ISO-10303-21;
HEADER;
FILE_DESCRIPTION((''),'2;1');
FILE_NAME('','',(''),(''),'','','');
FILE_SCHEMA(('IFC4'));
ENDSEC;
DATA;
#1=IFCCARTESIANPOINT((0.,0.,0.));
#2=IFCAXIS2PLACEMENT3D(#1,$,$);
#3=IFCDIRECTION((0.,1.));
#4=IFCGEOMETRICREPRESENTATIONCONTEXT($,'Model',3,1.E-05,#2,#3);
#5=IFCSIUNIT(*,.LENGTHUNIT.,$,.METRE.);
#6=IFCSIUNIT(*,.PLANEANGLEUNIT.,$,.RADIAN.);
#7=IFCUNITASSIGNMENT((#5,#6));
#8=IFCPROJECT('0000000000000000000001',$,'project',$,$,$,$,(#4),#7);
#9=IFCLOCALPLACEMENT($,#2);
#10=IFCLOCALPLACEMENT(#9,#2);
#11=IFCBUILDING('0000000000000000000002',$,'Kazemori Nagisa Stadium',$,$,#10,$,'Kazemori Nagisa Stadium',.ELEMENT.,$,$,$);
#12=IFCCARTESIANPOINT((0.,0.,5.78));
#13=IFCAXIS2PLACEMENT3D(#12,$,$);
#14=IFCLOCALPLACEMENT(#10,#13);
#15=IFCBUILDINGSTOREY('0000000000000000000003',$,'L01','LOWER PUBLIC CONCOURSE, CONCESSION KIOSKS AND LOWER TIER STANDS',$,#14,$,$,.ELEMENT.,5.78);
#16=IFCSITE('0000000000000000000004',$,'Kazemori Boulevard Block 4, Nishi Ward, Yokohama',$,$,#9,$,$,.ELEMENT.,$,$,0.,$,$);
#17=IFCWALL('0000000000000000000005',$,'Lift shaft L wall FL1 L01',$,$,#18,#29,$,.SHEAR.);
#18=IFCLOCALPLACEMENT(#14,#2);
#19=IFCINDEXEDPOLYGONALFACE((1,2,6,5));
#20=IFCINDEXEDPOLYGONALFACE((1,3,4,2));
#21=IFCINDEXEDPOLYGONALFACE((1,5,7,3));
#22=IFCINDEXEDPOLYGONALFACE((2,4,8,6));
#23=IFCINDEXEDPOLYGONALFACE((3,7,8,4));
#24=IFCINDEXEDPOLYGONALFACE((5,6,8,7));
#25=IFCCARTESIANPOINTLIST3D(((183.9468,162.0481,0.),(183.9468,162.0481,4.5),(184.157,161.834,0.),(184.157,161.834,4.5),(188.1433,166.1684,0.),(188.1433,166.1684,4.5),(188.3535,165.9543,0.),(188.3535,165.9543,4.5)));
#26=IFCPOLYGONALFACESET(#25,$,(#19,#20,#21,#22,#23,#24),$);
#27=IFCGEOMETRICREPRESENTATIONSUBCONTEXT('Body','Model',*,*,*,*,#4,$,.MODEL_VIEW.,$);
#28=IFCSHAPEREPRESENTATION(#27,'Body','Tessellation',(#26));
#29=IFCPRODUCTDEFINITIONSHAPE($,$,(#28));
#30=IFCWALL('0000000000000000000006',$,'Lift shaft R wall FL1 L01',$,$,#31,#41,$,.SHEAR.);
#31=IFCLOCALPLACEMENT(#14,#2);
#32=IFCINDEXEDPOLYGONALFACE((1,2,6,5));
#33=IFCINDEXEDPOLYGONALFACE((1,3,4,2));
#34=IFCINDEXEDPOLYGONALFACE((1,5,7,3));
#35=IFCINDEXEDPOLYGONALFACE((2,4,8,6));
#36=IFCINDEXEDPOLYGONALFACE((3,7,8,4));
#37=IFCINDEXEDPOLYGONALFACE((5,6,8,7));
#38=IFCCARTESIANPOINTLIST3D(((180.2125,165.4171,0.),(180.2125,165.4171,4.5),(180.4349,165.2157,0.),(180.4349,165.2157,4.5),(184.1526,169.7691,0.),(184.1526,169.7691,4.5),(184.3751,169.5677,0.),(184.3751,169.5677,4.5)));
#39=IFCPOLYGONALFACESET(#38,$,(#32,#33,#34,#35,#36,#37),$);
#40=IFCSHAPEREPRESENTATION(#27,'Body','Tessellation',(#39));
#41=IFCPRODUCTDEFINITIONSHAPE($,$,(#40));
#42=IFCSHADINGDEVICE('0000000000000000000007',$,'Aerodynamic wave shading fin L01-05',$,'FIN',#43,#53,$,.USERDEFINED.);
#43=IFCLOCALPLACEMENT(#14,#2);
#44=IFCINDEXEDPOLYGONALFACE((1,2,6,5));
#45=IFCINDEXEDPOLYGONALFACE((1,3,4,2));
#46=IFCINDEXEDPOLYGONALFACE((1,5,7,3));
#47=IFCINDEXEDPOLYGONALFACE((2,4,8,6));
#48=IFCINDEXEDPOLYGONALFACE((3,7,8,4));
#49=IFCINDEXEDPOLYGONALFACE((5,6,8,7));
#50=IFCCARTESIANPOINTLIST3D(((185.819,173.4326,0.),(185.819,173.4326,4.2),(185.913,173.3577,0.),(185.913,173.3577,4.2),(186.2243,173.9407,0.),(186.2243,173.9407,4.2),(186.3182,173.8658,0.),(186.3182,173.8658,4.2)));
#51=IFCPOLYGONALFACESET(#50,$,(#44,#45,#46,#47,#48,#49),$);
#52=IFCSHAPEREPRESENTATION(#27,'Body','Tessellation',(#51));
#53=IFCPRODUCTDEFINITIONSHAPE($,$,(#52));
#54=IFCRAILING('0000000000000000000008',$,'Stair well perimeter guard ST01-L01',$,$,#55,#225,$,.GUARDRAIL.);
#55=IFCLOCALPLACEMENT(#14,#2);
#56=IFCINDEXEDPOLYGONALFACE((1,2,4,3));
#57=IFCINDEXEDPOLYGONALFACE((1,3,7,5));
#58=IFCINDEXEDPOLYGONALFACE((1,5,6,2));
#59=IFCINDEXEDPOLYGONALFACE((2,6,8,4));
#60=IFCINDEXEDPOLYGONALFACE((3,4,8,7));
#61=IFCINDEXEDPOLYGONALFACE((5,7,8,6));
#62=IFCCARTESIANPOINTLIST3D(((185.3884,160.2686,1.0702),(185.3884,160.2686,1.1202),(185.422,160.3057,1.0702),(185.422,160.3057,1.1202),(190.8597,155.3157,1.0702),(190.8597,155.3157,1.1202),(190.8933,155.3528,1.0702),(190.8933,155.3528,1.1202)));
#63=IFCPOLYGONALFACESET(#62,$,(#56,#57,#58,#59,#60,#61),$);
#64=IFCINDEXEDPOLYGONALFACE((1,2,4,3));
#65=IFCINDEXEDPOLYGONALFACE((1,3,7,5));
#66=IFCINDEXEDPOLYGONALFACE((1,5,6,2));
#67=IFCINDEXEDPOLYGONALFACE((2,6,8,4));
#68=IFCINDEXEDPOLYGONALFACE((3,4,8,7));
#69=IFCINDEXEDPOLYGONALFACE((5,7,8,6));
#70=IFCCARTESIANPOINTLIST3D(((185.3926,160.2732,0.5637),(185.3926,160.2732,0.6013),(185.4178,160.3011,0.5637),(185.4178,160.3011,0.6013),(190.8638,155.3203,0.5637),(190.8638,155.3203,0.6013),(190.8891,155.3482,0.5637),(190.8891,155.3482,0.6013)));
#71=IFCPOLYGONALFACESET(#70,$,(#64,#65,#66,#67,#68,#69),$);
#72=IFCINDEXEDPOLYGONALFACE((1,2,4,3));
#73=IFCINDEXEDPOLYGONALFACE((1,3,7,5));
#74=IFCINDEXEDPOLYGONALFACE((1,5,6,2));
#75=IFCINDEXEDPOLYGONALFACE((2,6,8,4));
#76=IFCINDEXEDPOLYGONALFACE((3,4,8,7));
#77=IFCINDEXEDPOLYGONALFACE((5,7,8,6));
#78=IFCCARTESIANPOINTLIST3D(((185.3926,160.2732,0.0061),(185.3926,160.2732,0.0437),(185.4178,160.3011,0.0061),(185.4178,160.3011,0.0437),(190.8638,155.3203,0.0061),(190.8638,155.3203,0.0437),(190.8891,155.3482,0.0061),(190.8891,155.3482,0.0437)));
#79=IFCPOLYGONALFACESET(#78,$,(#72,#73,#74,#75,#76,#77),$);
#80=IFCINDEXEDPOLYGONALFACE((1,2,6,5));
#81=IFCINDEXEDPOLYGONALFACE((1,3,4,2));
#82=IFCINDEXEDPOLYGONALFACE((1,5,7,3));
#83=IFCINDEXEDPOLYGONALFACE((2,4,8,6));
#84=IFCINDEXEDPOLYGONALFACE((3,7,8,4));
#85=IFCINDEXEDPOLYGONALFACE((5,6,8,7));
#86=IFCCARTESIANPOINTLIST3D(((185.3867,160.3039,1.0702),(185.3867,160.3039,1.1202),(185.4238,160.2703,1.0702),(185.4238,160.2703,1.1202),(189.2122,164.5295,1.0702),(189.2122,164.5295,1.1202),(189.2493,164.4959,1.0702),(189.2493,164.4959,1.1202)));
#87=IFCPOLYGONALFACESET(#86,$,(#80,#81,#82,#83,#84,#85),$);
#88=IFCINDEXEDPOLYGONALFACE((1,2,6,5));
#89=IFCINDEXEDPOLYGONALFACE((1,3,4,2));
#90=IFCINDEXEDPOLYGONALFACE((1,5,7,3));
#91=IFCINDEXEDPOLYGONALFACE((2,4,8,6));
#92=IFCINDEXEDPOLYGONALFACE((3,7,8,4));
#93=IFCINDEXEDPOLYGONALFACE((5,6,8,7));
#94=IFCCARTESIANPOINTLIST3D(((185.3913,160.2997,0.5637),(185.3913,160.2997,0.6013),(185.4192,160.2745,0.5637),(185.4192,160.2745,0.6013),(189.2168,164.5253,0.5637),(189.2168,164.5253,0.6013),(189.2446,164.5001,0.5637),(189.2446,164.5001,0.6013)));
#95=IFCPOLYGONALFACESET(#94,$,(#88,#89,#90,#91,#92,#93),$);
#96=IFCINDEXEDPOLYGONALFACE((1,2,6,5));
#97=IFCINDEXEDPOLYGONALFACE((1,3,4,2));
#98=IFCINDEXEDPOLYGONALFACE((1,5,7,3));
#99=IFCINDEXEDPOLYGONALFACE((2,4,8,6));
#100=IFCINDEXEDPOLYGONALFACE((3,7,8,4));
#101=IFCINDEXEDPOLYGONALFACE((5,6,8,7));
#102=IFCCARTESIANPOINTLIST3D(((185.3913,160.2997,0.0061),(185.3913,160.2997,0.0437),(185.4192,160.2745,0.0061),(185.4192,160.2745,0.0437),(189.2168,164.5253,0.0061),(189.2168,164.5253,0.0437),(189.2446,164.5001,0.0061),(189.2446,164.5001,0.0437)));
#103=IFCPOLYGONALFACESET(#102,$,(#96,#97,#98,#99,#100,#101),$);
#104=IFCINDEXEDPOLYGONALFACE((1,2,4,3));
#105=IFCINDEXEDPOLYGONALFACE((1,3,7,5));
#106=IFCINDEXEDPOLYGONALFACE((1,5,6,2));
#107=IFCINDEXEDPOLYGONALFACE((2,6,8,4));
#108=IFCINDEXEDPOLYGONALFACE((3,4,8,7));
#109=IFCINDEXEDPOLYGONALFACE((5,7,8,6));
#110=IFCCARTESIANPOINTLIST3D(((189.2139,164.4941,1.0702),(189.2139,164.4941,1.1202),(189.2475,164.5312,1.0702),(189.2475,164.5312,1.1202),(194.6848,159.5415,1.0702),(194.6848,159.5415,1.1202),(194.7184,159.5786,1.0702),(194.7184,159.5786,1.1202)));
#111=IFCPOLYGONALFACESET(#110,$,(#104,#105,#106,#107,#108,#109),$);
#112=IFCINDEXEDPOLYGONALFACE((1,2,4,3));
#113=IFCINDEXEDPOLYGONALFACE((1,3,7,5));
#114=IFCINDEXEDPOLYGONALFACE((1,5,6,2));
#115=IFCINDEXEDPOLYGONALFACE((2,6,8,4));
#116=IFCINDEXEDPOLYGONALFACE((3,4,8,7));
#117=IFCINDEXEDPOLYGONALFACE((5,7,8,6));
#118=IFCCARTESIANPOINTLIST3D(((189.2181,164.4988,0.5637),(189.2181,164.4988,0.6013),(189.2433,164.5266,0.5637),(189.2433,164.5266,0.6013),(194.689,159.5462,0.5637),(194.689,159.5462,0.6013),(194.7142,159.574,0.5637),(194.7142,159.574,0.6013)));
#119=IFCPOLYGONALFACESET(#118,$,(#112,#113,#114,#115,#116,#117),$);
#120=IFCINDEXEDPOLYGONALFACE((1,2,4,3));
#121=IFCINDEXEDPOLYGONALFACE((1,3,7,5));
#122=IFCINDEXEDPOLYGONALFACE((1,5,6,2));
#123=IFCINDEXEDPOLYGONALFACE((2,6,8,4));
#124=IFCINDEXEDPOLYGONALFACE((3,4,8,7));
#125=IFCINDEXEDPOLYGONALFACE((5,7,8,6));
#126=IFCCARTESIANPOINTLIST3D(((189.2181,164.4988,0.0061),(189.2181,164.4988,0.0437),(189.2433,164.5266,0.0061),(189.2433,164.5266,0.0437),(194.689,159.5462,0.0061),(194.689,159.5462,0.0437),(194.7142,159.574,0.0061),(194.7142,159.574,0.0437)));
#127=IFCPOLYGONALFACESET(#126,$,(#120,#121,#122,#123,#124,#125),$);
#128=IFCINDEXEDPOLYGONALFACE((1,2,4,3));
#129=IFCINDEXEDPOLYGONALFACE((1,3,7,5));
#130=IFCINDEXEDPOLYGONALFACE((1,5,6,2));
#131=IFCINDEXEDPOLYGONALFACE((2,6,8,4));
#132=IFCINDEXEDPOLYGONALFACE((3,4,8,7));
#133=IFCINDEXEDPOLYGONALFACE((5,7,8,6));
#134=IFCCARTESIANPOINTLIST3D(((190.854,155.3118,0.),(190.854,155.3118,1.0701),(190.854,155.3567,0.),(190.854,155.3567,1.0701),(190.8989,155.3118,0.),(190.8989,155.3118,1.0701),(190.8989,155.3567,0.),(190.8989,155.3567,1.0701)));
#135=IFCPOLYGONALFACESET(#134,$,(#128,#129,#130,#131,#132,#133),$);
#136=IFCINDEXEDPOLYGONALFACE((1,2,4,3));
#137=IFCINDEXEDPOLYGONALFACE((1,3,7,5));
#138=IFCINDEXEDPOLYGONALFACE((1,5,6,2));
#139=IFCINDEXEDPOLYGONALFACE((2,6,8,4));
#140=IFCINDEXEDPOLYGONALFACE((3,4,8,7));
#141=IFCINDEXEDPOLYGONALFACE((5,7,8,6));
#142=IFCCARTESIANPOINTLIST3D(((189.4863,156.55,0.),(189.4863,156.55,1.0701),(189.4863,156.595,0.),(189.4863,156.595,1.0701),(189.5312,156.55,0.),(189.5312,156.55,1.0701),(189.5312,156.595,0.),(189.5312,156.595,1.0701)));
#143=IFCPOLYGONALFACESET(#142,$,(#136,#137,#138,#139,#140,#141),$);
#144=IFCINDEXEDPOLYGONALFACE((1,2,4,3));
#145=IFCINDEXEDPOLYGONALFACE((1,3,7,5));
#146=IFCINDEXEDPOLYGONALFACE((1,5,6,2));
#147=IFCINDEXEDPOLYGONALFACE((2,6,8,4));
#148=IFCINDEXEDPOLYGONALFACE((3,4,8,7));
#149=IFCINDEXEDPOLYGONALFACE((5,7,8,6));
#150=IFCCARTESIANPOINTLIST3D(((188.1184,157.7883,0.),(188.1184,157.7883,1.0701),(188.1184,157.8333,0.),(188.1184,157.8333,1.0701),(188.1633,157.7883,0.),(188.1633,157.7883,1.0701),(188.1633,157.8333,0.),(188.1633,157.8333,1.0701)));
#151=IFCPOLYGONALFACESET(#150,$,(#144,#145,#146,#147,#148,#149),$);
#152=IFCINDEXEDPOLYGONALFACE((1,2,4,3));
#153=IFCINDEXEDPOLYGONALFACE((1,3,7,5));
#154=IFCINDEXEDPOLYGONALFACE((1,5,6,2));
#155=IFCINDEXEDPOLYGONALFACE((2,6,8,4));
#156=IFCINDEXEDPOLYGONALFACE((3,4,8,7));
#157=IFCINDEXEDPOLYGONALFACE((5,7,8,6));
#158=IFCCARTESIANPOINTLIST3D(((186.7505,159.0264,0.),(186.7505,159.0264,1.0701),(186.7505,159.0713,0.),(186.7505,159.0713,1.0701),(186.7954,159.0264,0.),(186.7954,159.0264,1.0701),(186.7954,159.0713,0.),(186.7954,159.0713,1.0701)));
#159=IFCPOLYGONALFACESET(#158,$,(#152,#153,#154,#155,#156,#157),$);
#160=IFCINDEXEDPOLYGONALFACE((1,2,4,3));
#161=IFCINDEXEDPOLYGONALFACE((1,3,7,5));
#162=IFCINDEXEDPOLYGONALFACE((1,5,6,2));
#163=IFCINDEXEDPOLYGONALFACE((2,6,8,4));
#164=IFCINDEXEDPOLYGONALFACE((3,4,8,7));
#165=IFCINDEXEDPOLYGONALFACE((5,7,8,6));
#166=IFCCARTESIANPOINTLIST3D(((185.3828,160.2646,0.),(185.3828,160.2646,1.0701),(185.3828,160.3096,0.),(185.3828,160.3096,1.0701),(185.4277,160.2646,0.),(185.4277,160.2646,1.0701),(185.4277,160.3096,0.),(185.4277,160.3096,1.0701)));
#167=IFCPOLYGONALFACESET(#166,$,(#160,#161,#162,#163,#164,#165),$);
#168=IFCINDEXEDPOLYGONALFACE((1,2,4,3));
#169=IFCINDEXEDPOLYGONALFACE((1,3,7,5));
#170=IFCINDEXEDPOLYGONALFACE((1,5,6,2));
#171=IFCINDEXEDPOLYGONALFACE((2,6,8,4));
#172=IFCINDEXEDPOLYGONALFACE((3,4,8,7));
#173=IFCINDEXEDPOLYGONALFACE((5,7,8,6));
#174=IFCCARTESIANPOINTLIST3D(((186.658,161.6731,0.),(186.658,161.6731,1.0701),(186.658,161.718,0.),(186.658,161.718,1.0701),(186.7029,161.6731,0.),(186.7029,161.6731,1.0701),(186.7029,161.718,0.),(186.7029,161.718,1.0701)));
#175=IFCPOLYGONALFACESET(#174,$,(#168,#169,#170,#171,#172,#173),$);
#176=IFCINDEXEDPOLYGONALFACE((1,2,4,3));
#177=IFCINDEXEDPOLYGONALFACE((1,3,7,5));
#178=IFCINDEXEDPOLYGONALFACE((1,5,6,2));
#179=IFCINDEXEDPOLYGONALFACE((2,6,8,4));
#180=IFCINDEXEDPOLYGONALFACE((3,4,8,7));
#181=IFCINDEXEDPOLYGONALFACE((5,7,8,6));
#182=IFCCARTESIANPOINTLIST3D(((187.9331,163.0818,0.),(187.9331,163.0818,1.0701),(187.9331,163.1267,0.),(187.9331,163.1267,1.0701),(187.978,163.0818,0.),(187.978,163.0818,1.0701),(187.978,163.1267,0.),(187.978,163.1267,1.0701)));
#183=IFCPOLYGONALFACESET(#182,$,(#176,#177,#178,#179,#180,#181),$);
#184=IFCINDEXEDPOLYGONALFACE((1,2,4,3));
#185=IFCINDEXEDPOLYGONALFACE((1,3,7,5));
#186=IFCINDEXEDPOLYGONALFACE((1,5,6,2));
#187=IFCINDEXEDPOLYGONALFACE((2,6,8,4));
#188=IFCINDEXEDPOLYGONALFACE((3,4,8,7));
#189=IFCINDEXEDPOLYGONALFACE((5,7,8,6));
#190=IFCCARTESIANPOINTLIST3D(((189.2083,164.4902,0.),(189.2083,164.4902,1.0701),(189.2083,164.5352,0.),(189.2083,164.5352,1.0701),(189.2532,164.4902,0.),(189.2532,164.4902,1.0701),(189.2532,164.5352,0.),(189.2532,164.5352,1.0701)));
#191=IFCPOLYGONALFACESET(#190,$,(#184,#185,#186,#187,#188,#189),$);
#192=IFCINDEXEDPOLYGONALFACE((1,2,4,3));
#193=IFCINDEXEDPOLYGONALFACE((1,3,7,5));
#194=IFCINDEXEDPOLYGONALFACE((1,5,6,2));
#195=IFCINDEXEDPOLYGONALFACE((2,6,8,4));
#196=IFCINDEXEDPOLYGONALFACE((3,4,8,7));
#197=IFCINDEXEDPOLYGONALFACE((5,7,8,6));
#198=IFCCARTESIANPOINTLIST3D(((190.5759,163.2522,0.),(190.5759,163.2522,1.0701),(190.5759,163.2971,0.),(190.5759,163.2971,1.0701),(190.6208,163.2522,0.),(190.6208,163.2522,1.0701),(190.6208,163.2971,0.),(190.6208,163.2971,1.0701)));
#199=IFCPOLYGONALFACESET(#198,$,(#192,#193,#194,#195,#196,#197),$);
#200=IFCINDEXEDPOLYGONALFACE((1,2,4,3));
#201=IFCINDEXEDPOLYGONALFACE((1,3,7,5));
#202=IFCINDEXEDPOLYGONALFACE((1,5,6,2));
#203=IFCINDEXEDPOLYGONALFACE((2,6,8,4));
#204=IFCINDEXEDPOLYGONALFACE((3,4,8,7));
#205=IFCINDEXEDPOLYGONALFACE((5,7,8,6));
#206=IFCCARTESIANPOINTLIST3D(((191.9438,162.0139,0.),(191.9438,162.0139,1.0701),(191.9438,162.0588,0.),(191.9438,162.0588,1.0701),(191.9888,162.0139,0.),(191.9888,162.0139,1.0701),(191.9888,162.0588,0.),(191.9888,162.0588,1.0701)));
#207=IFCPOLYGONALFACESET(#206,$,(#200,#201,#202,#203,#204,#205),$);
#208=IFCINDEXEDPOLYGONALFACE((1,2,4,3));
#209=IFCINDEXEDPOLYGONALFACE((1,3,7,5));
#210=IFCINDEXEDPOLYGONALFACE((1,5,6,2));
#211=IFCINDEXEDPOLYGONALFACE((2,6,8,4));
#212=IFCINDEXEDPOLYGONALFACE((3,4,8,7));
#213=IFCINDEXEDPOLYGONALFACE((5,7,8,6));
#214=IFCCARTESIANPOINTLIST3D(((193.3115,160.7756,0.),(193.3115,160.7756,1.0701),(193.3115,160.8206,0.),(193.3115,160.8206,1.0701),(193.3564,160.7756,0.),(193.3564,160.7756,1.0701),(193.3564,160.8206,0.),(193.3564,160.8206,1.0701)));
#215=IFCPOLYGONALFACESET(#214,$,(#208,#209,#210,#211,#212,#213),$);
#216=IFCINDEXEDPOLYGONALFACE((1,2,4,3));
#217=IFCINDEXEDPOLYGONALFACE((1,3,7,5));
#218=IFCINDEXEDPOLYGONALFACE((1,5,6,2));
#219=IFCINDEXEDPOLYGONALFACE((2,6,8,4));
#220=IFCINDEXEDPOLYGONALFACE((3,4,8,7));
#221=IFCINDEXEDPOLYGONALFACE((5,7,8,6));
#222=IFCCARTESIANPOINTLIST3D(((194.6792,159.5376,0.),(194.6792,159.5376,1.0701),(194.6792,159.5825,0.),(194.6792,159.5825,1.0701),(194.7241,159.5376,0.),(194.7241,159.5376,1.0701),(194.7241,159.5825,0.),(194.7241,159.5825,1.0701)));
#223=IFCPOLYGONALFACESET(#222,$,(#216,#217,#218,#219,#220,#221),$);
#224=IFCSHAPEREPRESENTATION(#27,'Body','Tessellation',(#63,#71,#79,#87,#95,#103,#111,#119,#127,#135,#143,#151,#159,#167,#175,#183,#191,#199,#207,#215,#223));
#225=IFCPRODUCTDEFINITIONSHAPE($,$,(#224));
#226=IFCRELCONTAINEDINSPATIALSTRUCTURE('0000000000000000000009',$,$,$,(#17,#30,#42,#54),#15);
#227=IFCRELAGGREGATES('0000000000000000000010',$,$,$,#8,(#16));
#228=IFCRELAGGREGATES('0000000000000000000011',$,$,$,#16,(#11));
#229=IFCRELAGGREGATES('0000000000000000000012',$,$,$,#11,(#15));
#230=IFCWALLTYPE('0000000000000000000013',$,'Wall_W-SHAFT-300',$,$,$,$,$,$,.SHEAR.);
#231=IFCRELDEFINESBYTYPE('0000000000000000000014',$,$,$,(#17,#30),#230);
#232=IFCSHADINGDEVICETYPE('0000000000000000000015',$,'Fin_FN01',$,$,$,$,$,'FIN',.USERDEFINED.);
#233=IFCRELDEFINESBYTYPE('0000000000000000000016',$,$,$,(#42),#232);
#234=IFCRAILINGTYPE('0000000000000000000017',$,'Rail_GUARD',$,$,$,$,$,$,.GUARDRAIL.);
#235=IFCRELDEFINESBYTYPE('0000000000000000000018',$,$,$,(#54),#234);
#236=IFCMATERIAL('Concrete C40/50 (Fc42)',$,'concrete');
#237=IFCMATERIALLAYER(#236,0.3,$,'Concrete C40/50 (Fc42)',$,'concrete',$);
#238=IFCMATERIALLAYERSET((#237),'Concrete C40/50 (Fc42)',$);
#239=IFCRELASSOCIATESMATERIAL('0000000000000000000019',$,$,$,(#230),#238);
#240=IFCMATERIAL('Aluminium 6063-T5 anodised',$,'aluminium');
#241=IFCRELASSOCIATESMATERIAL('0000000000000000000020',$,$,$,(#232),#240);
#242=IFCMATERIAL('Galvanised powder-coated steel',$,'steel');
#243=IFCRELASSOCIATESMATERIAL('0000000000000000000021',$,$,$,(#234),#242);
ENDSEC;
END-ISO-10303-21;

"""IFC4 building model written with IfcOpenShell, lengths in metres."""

from ifc_helpers import new_model, si_unit, direction, frame, frame_2d, origin, origin_2d, place, context, subcontext, project, spatial, rectangle, extrude, material, layer, layer_set, type_object, element, save


model = new_model("IFC4")

# Units and contexts
model_context = context("Model", 3, precision=1e-05, world=origin(), true_north=direction((0.0, 1.0)))
body_context = subcontext(model_context, "Body", "Model", "MODEL_VIEW")
ifc_project = project(units=[si_unit("LENGTHUNIT", "METRE"), si_unit("PLANEANGLEUNIT", "RADIAN")], contexts=[model_context])

# Site, building, storey
site_placement = place(None, origin())
site = spatial("IfcSite", under=ifc_project, at=site_placement, Name="Kazemori Boulevard Block 4, Nishi Ward, Yokohama", CompositionType="ELEMENT", RefElevation=0.0)
building_placement = place(site_placement, origin())
building = spatial("IfcBuilding", under=site, at=building_placement, Name="Kazemori Nagisa Stadium", LongName="Kazemori Nagisa Stadium", CompositionType="ELEMENT")
storey_placement = place(building_placement, frame((0.0, 0.0, 5.78)))
storey = spatial("IfcBuildingStorey", under=building, at=storey_placement, Name="L01", Description="LOWER PUBLIC CONCOURSE, CONCESSION KIOSKS AND LOWER TIER STANDS", CompositionType="ELEMENT", Elevation=5.78)

# Shared definitions
ifc_material_1 = material(Name="Concrete C40/50 (Fc42)", Category="concrete")

# Shared definitions
ifc_layer_1 = layer(ifc_material_1, 0.3, Name="Concrete C40/50 (Fc42)", Category="concrete")
ifc_layer_set_1 = layer_set([ifc_layer_1], Name="Concrete C40/50 (Fc42)")
wall_type_1 = type_object("IfcWallType", Name="Wall_W-SHAFT-300", PredefinedType="SHEAR", material=ifc_layer_set_1)

# Walls
wall_1_placement = place(storey_placement, frame((184.052, 161.9412, 0.0), z_axis=(0.0, 0.0, 1.0), x_axis=(0.713553, 0.700601, 0.0)))
element("IfcWall", 1, at=wall_1_placement, inside=storey, type_object=wall_type_1, Name="Lift shaft L wall FL1 L01", PredefinedType="SHEAR", context=body_context, shape_type="SweptSolid", body=[
    extrude(rectangle(XDim=5.8811, YDim=0.3, at=frame_2d((2.9404, 0.0))), origin(), (0.0, 0.0, 1.0), 4.5),
])
wall_2_placement = place(storey_placement, frame((180.3237, 165.3164, 0.0), z_axis=(0.0, 0.0, 1.0), x_axis=(0.671158, 0.741314, 0.0)))
element("IfcWall", 2, at=wall_2_placement, inside=storey, type_object=wall_type_1, Name="Lift shaft R wall FL1 L01", PredefinedType="SHEAR", context=body_context, shape_type="SweptSolid", body=[
    extrude(rectangle(XDim=5.8706, YDim=0.3, at=frame_2d((2.9353, 0.0))), origin(), (0.0, 0.0, 1.0), 4.5),
])

# Shading device
ifc_material_2 = material(Name="Aluminium 6063-T5 anodised", Category="aluminium")
shading_device_type = type_object("IfcShadingDeviceType", Name="Fin_FN01", ElementType="FIN", PredefinedType="USERDEFINED", material=ifc_material_2)
shading_device_placement = place(storey_placement, frame((186.0686, 173.6492, 0.0), z_axis=(0.0, 0.0, 1.0), x_axis=(0.62349, 0.781831, 0.0)))
element("IfcShadingDevice", 3, at=shading_device_placement, inside=storey, type_object=shading_device_type, Name="Aerodynamic wave shading fin L01-05", ObjectType="FIN", PredefinedType="USERDEFINED", context=body_context, shape_type="SweptSolid", body=[
    extrude(rectangle(XDim=0.6499, YDim=0.1201, at=origin_2d()), origin(), (0.0, 0.0, 1.0), 4.2),
])

# Railing
ifc_material_3 = material(Name="Galvanised powder-coated steel", Category="steel")
railing_type = type_object("IfcRailingType", Name="Rail_GUARD", PredefinedType="GUARDRAIL", material=ifc_material_3)
railing_1_placement = place(storey_placement, frame((190.8765, 155.3342, 0.0)))
element("IfcRailing", 4, at=railing_1_placement, inside=storey, type_object=railing_type, Name="Stair well perimeter guard ST01-L01", PredefinedType="GUARDRAIL", context=body_context, shape_type="SweptSolid", body=[
    extrude(rectangle(XDim=0.05, YDim=0.05, at=origin_2d()), frame((0.0, 0.0, 1.0952), z_axis=(-0.74135, 0.671119, 0.0), x_axis=(-0.671119, -0.74135, 0.0)), (0.0, 0.0, 1.0), 7.3801),
    extrude(rectangle(XDim=0.0376, YDim=0.0376, at=origin_2d()), frame((0.0, 0.0, 0.5825), z_axis=(-0.74135, 0.671119, 0.0), x_axis=(-0.671119, -0.74135, 0.0)), (0.0, 0.0, 1.0), 7.3801),
    extrude(rectangle(XDim=0.0376, YDim=0.0376, at=origin_2d()), frame((0.0, 0.0, 0.0249), z_axis=(-0.74135, 0.671119, 0.0), x_axis=(-0.671119, -0.74135, 0.0)), (0.0, 0.0, 1.0), 7.3801),
    extrude(rectangle(XDim=0.05, YDim=0.05, at=origin_2d()), frame((-5.4712, 4.9529, 1.0952), z_axis=(0.671134, 0.741336, 0.0), x_axis=(-0.741336, 0.671134, 0.0)), (0.0, 0.0, 1.0), 5.7),
    extrude(rectangle(XDim=0.0376, YDim=0.0376, at=origin_2d()), frame((-5.4712, 4.9529, 0.5825), z_axis=(0.671134, 0.741336, 0.0), x_axis=(-0.741336, 0.671134, 0.0)), (0.0, 0.0, 1.0), 5.7),
    extrude(rectangle(XDim=0.0376, YDim=0.0376, at=origin_2d()), frame((-5.4712, 4.9529, 0.0249), z_axis=(0.671134, 0.741336, 0.0), x_axis=(-0.741336, 0.671134, 0.0)), (0.0, 0.0, 1.0), 5.7),
    extrude(rectangle(XDim=0.05, YDim=0.05, at=origin_2d()), frame((-1.6458, 9.1785, 1.0952), z_axis=(0.741352, -0.671117, 0.0), x_axis=(0.671117, 0.741352, 0.0)), (0.0, 0.0, 1.0), 7.3796),
    extrude(rectangle(XDim=0.0376, YDim=0.0376, at=origin_2d()), frame((-1.6458, 9.1785, 0.5825), z_axis=(0.741352, -0.671117, 0.0), x_axis=(0.671117, 0.741352, 0.0)), (0.0, 0.0, 1.0), 7.3796),
    extrude(rectangle(XDim=0.0376, YDim=0.0376, at=origin_2d()), frame((-1.6458, 9.1785, 0.0249), z_axis=(0.741352, -0.671117, 0.0), x_axis=(0.671117, 0.741352, 0.0)), (0.0, 0.0, 1.0), 7.3796),
    extrude(rectangle(XDim=0.0449, YDim=0.0449, at=origin_2d()), origin(), (0.0, 0.0, 1.0), 1.0701),
    extrude(rectangle(XDim=0.0449, YDim=0.0449, at=origin_2d()), frame((-1.3677, 1.2383, 0.0)), (0.0, 0.0, 1.0), 1.0701),
    extrude(rectangle(XDim=0.0449, YDim=0.0449, at=origin_2d()), frame((-2.7356, 2.4766, 0.0)), (0.0, 0.0, 1.0), 1.0701),
    extrude(rectangle(XDim=0.0449, YDim=0.0449, at=origin_2d()), frame((-4.1035, 3.7146, 0.0)), (0.0, 0.0, 1.0), 1.0701),
    extrude(rectangle(XDim=0.0449, YDim=0.0449, at=origin_2d()), frame((-5.4712, 4.9529, 0.0)), (0.0, 0.0, 1.0), 1.0701),
    extrude(rectangle(XDim=0.0449, YDim=0.0449, at=origin_2d()), frame((-4.196, 6.3613, 0.0)), (0.0, 0.0, 1.0), 1.0701),
    extrude(rectangle(XDim=0.0449, YDim=0.0449, at=origin_2d()), frame((-2.9209, 7.77, 0.0)), (0.0, 0.0, 1.0), 1.0701),
    extrude(rectangle(XDim=0.0449, YDim=0.0449, at=origin_2d()), frame((-1.6458, 9.1785, 0.0)), (0.0, 0.0, 1.0), 1.0701),
    extrude(rectangle(XDim=0.0449, YDim=0.0449, at=origin_2d()), frame((-0.2781, 7.9404, 0.0)), (0.0, 0.0, 1.0), 1.0701),
    extrude(rectangle(XDim=0.0449, YDim=0.0449, at=origin_2d()), frame((1.0898, 6.7021, 0.0)), (0.0, 0.0, 1.0), 1.0701),
    extrude(rectangle(XDim=0.0449, YDim=0.0449, at=origin_2d()), frame((2.4575, 5.4639, 0.0)), (0.0, 0.0, 1.0), 1.0701),
    extrude(rectangle(XDim=0.0449, YDim=0.0449, at=origin_2d()), frame((3.8252, 4.2258, 0.0)), (0.0, 0.0, 1.0), 1.0701),
])

save(model, "model.ifc")
